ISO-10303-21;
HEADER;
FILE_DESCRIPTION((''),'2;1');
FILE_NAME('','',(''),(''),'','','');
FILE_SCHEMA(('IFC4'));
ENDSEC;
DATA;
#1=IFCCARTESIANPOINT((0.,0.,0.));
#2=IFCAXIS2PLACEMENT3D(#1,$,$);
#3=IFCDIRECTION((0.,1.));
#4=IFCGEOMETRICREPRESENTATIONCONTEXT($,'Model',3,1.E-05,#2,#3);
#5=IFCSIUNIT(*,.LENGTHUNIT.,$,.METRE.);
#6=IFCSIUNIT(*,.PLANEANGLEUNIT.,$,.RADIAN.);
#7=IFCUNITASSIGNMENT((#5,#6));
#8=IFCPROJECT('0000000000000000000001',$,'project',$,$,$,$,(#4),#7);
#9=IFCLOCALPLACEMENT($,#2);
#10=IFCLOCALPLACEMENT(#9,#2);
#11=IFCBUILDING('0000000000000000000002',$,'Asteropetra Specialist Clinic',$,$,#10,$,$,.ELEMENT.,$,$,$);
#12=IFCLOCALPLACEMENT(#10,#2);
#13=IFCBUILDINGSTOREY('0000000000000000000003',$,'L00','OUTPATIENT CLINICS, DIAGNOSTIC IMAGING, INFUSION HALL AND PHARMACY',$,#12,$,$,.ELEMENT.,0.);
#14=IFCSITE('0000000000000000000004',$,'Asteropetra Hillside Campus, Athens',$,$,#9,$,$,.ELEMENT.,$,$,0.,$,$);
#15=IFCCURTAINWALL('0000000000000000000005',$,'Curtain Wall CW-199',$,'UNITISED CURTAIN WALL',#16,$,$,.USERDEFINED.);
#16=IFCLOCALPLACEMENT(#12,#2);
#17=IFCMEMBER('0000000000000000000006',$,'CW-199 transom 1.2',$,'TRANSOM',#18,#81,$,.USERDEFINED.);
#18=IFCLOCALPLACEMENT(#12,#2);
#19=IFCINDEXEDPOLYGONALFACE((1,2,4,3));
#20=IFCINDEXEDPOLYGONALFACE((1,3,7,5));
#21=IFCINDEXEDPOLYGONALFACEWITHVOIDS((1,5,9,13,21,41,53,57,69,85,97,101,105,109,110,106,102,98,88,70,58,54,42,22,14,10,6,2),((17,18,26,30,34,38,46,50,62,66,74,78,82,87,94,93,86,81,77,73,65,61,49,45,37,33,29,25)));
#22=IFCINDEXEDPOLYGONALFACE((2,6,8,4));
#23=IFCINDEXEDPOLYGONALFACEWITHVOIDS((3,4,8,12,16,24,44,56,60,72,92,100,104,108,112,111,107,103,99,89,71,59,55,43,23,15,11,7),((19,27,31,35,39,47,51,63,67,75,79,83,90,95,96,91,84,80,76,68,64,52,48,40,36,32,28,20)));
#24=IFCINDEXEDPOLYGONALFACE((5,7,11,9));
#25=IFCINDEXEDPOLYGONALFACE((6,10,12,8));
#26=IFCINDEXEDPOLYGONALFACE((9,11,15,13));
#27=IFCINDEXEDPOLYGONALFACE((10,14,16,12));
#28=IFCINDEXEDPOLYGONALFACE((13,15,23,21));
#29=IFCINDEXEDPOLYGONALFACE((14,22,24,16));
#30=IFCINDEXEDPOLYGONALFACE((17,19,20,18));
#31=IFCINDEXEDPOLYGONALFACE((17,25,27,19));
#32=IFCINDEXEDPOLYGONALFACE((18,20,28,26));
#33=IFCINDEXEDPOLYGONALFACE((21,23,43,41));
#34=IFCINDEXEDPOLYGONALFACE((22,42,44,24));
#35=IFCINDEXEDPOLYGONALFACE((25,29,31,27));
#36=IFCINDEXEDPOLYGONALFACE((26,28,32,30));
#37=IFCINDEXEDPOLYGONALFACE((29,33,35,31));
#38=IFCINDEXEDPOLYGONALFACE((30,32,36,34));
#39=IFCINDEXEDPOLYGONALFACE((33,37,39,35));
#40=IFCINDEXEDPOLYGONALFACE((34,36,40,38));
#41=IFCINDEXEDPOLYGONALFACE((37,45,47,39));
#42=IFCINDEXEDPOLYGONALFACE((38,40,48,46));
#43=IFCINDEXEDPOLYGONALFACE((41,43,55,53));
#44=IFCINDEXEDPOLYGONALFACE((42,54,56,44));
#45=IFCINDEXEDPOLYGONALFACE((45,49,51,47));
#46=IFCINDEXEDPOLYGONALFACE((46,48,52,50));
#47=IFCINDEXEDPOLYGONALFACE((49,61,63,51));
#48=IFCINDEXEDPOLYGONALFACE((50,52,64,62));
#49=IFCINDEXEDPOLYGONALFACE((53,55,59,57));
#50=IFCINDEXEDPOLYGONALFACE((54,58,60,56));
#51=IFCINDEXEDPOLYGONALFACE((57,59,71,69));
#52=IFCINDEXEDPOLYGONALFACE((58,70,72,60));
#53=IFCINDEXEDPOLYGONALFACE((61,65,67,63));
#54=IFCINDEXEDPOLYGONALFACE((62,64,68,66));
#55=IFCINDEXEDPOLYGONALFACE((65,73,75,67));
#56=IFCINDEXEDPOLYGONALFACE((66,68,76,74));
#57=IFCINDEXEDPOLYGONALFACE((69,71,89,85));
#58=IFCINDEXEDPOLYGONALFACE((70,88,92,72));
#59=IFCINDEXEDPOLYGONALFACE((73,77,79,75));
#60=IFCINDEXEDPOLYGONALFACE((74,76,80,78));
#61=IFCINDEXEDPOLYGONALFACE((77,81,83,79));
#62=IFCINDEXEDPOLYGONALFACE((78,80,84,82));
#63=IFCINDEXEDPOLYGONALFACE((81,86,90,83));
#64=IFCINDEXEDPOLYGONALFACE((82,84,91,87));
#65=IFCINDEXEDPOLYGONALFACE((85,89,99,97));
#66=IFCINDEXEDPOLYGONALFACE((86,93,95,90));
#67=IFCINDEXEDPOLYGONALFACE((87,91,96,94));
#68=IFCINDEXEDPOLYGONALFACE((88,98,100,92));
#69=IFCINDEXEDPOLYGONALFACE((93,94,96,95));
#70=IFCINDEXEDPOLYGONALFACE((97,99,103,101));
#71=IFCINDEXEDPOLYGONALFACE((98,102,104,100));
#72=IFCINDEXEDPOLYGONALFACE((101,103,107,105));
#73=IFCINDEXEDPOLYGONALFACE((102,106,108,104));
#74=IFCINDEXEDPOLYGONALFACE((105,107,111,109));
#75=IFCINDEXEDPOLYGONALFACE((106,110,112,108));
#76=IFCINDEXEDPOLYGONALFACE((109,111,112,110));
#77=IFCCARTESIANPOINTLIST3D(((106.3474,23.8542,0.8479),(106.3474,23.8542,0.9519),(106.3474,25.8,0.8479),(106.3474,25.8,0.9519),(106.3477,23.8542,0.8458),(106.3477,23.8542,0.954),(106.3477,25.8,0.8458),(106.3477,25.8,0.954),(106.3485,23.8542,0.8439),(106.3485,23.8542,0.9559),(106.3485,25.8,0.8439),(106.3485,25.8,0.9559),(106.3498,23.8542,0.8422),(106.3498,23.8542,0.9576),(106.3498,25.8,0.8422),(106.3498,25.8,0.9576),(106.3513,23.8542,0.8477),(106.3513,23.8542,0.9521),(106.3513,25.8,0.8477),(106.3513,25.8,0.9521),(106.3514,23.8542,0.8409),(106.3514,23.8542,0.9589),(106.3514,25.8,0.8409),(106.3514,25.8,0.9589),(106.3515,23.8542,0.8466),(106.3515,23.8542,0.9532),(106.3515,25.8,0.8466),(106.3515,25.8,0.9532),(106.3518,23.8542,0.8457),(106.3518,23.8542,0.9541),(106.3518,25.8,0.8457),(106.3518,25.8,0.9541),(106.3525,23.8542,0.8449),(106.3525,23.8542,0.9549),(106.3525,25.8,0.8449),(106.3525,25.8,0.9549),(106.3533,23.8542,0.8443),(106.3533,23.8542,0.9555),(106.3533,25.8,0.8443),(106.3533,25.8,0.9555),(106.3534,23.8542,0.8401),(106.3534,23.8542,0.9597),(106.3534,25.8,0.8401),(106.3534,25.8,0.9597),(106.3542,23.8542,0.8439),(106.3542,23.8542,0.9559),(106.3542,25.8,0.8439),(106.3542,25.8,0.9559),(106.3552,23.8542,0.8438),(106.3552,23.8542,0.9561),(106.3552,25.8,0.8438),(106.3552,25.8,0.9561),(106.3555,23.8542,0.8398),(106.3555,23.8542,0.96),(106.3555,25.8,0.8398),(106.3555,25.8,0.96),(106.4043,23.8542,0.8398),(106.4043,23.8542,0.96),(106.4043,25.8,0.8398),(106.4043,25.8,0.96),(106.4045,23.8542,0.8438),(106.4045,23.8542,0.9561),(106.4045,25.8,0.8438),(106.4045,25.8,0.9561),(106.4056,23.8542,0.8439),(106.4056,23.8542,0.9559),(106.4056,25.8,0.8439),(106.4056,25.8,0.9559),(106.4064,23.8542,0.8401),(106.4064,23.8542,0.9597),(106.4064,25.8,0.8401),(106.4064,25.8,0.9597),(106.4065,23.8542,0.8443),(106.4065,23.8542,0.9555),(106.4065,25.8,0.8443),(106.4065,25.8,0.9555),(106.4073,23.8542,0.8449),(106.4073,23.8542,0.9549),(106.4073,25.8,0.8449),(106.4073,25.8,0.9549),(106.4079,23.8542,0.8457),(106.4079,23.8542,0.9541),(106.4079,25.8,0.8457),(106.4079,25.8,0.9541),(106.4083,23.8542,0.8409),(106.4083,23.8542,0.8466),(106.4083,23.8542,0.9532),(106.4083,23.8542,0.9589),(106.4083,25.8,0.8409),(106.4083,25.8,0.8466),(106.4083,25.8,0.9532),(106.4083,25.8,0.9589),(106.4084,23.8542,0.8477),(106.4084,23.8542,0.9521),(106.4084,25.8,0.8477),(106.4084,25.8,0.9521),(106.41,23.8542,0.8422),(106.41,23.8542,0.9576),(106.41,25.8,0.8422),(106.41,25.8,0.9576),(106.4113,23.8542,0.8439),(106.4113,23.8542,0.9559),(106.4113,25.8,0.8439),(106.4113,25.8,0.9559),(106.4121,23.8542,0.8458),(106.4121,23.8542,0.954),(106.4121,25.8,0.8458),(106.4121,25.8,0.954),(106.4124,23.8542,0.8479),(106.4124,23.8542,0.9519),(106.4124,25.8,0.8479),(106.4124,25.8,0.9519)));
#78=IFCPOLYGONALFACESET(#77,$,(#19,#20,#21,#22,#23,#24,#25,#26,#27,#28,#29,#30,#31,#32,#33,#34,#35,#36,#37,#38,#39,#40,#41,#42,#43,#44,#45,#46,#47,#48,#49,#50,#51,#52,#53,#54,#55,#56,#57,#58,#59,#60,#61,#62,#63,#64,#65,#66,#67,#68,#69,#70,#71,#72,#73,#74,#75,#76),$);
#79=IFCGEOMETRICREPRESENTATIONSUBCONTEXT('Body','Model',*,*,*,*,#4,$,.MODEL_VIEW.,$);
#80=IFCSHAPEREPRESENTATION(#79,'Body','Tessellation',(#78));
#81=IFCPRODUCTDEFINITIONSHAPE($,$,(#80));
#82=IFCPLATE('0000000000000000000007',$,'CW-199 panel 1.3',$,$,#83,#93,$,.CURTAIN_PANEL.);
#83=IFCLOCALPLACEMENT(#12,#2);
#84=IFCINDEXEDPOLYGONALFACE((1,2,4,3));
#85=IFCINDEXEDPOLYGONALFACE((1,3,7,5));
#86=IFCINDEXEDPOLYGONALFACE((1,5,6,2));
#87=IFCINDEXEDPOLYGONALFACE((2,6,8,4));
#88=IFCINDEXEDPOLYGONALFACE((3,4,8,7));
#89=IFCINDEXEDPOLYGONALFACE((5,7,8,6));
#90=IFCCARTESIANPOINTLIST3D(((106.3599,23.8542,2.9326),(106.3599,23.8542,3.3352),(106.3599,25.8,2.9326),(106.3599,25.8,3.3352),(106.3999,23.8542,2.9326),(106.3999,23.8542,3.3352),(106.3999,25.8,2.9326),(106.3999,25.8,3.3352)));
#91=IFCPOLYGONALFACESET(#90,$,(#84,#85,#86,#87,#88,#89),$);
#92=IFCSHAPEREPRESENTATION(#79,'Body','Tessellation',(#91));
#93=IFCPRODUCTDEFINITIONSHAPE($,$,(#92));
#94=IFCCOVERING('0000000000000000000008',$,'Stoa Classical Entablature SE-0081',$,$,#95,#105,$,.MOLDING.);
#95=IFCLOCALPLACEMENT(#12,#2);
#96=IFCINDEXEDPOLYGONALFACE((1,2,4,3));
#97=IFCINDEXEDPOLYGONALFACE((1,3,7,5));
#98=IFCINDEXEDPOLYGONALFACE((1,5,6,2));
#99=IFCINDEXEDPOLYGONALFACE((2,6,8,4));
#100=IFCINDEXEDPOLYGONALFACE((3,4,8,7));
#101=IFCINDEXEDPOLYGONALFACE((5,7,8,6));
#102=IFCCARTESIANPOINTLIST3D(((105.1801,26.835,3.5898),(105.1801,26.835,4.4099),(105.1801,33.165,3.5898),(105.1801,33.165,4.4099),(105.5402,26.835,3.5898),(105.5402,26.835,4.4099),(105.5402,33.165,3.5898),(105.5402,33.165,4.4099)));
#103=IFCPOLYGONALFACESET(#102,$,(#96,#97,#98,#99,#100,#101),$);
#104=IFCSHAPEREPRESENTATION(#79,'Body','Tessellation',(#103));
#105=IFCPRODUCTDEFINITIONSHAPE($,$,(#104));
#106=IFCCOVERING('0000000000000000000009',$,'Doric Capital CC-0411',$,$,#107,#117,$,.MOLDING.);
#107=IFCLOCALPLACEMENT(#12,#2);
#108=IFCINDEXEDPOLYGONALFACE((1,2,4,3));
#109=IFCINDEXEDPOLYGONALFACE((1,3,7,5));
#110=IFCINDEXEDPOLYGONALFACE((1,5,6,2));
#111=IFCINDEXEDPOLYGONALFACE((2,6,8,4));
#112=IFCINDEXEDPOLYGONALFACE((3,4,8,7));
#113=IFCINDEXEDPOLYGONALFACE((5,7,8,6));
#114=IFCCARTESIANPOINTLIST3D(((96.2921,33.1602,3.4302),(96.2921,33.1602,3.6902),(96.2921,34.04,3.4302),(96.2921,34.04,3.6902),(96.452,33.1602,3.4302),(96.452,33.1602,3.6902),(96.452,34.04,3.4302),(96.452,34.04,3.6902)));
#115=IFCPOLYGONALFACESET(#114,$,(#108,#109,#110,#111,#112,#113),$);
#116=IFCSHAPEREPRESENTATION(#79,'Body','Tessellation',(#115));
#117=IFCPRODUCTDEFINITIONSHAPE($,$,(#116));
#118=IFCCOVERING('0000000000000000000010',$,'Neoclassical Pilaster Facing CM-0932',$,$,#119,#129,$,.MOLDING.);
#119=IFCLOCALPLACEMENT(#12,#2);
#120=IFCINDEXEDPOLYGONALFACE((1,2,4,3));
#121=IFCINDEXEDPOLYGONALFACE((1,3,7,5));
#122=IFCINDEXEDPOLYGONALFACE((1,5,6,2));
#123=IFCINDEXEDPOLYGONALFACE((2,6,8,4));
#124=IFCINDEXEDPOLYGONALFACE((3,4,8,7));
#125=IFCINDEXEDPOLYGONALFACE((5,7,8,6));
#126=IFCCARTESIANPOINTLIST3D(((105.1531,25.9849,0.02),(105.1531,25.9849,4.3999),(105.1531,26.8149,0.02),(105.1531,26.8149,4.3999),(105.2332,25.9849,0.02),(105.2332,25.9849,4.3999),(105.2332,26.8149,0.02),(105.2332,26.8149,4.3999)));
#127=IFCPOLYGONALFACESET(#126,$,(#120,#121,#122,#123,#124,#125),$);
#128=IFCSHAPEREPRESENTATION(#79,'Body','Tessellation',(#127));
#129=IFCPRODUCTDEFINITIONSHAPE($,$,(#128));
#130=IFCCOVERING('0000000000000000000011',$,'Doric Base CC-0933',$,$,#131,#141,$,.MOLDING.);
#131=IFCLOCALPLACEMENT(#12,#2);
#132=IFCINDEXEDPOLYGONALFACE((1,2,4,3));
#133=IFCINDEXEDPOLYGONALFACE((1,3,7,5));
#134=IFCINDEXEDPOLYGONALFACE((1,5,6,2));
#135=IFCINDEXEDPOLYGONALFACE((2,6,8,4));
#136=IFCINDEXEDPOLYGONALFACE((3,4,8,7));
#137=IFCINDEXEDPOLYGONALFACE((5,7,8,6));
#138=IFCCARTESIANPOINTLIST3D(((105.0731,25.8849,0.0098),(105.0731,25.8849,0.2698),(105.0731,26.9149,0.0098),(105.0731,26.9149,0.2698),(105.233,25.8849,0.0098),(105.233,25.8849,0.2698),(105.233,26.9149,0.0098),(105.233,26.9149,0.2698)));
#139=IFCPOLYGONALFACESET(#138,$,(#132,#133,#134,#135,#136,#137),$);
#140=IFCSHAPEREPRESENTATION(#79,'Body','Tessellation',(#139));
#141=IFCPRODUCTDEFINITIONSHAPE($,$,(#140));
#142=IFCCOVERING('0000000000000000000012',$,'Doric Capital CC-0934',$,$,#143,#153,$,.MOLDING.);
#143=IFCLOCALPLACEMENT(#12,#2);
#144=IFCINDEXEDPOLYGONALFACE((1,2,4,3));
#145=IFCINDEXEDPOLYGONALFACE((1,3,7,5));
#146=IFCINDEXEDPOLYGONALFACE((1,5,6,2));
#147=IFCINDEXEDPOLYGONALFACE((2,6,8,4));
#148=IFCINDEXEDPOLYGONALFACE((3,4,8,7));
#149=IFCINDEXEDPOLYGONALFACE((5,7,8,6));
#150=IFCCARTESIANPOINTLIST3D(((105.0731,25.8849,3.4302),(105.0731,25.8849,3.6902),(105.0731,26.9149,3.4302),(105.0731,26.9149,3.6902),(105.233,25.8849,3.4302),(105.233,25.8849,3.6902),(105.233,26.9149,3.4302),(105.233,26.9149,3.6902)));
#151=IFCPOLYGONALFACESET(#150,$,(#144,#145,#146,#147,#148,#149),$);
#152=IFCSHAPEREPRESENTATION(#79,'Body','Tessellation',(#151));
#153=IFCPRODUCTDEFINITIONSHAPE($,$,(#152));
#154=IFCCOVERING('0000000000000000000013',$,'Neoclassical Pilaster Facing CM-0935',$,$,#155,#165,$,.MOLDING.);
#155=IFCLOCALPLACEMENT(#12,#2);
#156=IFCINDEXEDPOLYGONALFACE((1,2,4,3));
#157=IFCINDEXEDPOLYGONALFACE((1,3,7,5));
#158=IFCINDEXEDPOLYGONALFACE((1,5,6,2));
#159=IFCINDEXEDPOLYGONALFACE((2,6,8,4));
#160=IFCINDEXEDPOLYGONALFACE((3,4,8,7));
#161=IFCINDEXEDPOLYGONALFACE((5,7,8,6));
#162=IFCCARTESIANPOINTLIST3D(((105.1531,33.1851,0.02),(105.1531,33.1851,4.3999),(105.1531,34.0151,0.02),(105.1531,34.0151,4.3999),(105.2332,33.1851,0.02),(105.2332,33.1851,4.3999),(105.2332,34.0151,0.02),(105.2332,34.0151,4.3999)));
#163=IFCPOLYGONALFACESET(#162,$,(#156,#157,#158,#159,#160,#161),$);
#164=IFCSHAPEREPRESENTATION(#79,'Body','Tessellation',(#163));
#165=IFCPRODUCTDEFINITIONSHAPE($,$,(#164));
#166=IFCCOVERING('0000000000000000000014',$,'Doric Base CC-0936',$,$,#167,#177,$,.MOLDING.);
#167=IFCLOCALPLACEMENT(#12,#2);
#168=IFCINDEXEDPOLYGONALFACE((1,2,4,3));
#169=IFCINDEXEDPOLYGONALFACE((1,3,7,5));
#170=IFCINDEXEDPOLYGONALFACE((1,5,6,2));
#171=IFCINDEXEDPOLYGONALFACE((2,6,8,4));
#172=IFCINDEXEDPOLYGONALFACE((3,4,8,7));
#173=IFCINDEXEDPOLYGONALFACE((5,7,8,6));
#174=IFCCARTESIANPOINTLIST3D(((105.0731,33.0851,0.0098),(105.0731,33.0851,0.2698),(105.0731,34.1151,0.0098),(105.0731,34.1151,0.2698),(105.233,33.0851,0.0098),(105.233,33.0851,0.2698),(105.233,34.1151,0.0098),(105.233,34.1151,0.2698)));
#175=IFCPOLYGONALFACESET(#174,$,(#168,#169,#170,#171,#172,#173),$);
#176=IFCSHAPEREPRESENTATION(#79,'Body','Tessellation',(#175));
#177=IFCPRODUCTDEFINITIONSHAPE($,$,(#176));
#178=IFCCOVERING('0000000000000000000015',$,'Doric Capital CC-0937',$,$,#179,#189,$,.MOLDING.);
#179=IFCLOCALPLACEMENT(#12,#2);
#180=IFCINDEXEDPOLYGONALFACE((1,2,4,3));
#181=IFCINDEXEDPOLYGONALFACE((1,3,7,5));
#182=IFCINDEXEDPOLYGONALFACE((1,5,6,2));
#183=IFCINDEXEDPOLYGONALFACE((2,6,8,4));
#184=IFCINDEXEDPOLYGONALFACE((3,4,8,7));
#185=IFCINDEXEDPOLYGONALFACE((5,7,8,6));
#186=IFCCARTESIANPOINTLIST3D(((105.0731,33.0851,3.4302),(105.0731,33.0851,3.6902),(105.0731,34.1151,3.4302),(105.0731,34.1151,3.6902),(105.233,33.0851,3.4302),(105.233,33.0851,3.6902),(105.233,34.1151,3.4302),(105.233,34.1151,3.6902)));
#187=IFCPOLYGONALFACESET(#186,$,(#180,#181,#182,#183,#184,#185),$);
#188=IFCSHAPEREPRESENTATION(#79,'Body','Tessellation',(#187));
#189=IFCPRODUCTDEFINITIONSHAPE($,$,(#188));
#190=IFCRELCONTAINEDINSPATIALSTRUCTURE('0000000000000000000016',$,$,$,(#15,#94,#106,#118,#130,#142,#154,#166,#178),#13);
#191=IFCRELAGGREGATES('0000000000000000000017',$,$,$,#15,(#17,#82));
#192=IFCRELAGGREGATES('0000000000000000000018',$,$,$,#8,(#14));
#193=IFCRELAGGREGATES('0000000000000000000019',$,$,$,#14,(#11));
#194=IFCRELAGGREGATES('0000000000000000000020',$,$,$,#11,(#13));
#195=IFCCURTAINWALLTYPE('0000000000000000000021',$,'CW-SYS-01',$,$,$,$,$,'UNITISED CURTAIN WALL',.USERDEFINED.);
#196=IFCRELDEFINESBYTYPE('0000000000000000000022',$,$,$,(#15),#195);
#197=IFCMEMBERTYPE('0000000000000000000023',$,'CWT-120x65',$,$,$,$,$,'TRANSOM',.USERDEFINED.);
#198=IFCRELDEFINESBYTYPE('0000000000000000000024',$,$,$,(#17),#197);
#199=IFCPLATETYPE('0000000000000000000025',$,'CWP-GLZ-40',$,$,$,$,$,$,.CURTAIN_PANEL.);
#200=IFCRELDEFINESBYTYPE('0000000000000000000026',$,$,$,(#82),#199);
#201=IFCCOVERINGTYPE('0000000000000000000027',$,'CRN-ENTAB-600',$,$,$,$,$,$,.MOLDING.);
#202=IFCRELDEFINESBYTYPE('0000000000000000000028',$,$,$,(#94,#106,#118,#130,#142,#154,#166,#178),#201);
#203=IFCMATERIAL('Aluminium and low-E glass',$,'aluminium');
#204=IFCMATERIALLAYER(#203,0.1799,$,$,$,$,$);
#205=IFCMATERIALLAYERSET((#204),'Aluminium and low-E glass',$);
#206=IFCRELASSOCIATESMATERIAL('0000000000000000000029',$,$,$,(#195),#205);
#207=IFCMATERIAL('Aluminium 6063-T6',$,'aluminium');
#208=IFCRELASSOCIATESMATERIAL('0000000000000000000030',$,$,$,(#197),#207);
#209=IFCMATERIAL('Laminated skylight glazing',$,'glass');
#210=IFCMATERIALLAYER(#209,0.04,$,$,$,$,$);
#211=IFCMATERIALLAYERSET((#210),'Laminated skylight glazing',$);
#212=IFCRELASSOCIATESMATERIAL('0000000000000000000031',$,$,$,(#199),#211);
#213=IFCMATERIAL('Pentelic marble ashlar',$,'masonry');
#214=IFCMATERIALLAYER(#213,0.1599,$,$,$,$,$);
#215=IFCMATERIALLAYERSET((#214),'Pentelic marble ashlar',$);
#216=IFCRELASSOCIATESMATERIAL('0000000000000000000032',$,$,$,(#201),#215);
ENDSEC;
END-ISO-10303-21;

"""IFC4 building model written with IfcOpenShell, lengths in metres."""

from ifc_helpers import new_model, si_unit, direction, frame, origin, origin_2d, place, context, subcontext, project, spatial, rectangle, hollow_rectangle, extrude, material, layer, layer_set, material_profile, profile_set, type_object, element, aggregate, save


model = new_model("IFC4")

# Units and contexts
model_context = context("Model", 3, precision=1e-05, world=origin(), true_north=direction((0.0, 1.0)))
body_context = subcontext(model_context, "Body", "Model", "MODEL_VIEW")
ifc_project = project(units=[si_unit("LENGTHUNIT", "METRE"), si_unit("PLANEANGLEUNIT", "RADIAN")], contexts=[model_context])

# Site, building, storey
site_placement = place(None, origin())
site = spatial("IfcSite", under=ifc_project, at=site_placement, Name="Asteropetra Hillside Campus, Athens", CompositionType="ELEMENT", RefElevation=0.0)
building_placement = place(site_placement, origin())
building = spatial("IfcBuilding", under=site, at=building_placement, Name="Asteropetra Specialist Clinic", CompositionType="ELEMENT")
storey_placement = place(building_placement, origin())
storey = spatial("IfcBuildingStorey", under=building, at=storey_placement, Name="L00", Description="OUTPATIENT CLINICS, DIAGNOSTIC IMAGING, INFUSION HALL AND PHARMACY", CompositionType="ELEMENT", Elevation=0.0)

# Curtain wall, member, plate
ifc_material_1 = material(Name="Aluminium and low-E glass", Category="aluminium")
ifc_layer_1 = layer(ifc_material_1, 0.1799)
ifc_layer_set_1 = layer_set([ifc_layer_1], Name="Aluminium and low-E glass")
curtain_wall_type = type_object("IfcCurtainWallType", Name="CW-SYS-01", ElementType="UNITISED CURTAIN WALL", PredefinedType="USERDEFINED", material=ifc_layer_set_1)
curtain_wall_placement = place(storey_placement, origin())
curtain_wall = element("IfcCurtainWall", 1, at=curtain_wall_placement, inside=storey, type_object=curtain_wall_type, Name="Curtain Wall CW-199", ObjectType="UNITISED CURTAIN WALL", PredefinedType="USERDEFINED")
ifc_material_2 = material(Name="Aluminium 6063-T6", Category="aluminium")
ifc_material_profile_1 = material_profile(ifc_material_2, hollow_rectangle(XDim=0.0649, YDim=0.1201, WallThickness=0.0039, InnerFilletRadius=0.0039, OuterFilletRadius=0.0081, at=origin_2d()), Name="TRN 120x65x4.0")
ifc_profile_set_1 = profile_set([ifc_material_profile_1], Name="Aluminium 6063-T6")
member_type = type_object("IfcMemberType", Name="CWT-120x65", ElementType="TRANSOM", PredefinedType="USERDEFINED", material=ifc_profile_set_1)
member_1_placement = place(storey_placement, frame((106.3799, 25.8, 0.8999), z_axis=(0.0, -1.0, 0.0), x_axis=(1.0, 0.0, 0.0)))
member_1 = element("IfcMember", 2, at=member_1_placement, type_object=member_type, Name="CW-199 transom 1.2", ObjectType="TRANSOM", PredefinedType="USERDEFINED", context=body_context, shape_type="SweptSolid", body=[
    extrude(hollow_rectangle(XDim=0.0649, YDim=0.1201, WallThickness=0.0039, InnerFilletRadius=0.0039, OuterFilletRadius=0.0081, at=origin_2d()), origin(), (0.0, 0.0, 1.0), 1.9458),
])
ifc_material_3 = material(Name="Laminated skylight glazing", Category="glass")
ifc_layer_2 = layer(ifc_material_3, 0.04)
ifc_layer_set_2 = layer_set([ifc_layer_2], Name="Laminated skylight glazing")
plate_type = type_object("IfcPlateType", Name="CWP-GLZ-40", PredefinedType="CURTAIN_PANEL", material=ifc_layer_set_2)
plate_placement = place(storey_placement, frame((106.3799, 24.8271, 2.9326), z_axis=(0.0, 0.0, 1.0), x_axis=(0.0, -1.0, 0.0)))
plate = element("IfcPlate", 3, at=plate_placement, type_object=plate_type, Name="CW-199 panel 1.3", PredefinedType="CURTAIN_PANEL", context=body_context, shape_type="SweptSolid", body=[
    extrude(rectangle(XDim=1.9458, YDim=0.04, at=origin_2d()), origin(), (0.0, 0.0, 1.0), 0.4026),
])
aggregate(curtain_wall, [member_1, plate])

# Coverings
ifc_material_4 = material(Name="Pentelic marble ashlar", Category="masonry")
ifc_layer_3 = layer(ifc_material_4, 0.1599)
ifc_layer_set_3 = layer_set([ifc_layer_3], Name="Pentelic marble ashlar")
covering_type = type_object("IfcCoveringType", Name="CRN-ENTAB-600", PredefinedType="MOLDING", material=ifc_layer_set_3)
covering_1_placement = place(storey_placement, frame((105.3601, 30.0, 3.5898), z_axis=(0.0, 0.0, 1.0), x_axis=(1.0, 0.0, 0.0)))
element("IfcCovering", 4, at=covering_1_placement, inside=storey, type_object=covering_type, Name="Stoa Classical Entablature SE-0081", PredefinedType="MOLDING", context=body_context, shape_type="SweptSolid", body=[
    extrude(rectangle(XDim=0.3601, YDim=6.3301, at=origin_2d()), origin(), (0.0, 0.0, 1.0), 0.8201),
])
covering_2_placement = place(storey_placement, frame((96.3721, 33.6001, 3.4302), z_axis=(0.0, 0.0, 1.0), x_axis=(1.0, 0.0, 0.0)))
element("IfcCovering", 5, at=covering_2_placement, inside=storey, type_object=covering_type, Name="Doric Capital CC-0411", PredefinedType="MOLDING", context=body_context, shape_type="SweptSolid", body=[
    extrude(rectangle(XDim=0.1599, YDim=0.8799, at=origin_2d()), origin(), (0.0, 0.0, 1.0), 0.26),
])
covering_3_placement = place(storey_placement, frame((105.1931, 26.3999, 0.02), z_axis=(0.0, 0.0, 1.0), x_axis=(1.0, 0.0, 0.0)))
element("IfcCovering", 6, at=covering_3_placement, inside=storey, type_object=covering_type, Name="Neoclassical Pilaster Facing CM-0932", PredefinedType="MOLDING", context=body_context, shape_type="SweptSolid", body=[
    extrude(rectangle(XDim=0.0801, YDim=0.8301, at=origin_2d()), origin(), (0.0, 0.0, 1.0), 4.3799),
])
for number, where, z_axis, x_axis, name in (
    (7, (105.1531, 26.3999, 0.0098), (0.0, 0.0, 1.0), (1.0, 0.0, 0.0), "Doric Base CC-0933"),
    (8, (105.1531, 26.3999, 3.4302), (0.0, 0.0, 1.0), (1.0, 0.0, 0.0), "Doric Capital CC-0934"),
):
    element("IfcCovering", number, at=place(storey_placement, frame(where, z_axis=z_axis, x_axis=x_axis)), inside=storey, type_object=covering_type, Name=name, PredefinedType="MOLDING", context=body_context, shape_type="SweptSolid", body=[
        extrude(rectangle(XDim=0.1599, YDim=1.03, at=origin_2d()), origin(), (0.0, 0.0, 1.0), 0.26),
    ])
covering_4_placement = place(storey_placement, frame((105.1931, 33.6001, 0.02), z_axis=(0.0, 0.0, 1.0), x_axis=(1.0, 0.0, 0.0)))
element("IfcCovering", 9, at=covering_4_placement, inside=storey, type_object=covering_type, Name="Neoclassical Pilaster Facing CM-0935", PredefinedType="MOLDING", context=body_context, shape_type="SweptSolid", body=[
    extrude(rectangle(XDim=0.0801, YDim=0.8301, at=origin_2d()), origin(), (0.0, 0.0, 1.0), 4.3799),
])
for number, where, z_axis, x_axis, name in (
    (10, (105.1531, 33.6001, 0.0098), (0.0, 0.0, 1.0), (1.0, 0.0, 0.0), "Doric Base CC-0936"),
    (11, (105.1531, 33.6001, 3.4302), (0.0, 0.0, 1.0), (1.0, 0.0, 0.0), "Doric Capital CC-0937"),
):
    element("IfcCovering", number, at=place(storey_placement, frame(where, z_axis=z_axis, x_axis=x_axis)), inside=storey, type_object=covering_type, Name=name, PredefinedType="MOLDING", context=body_context, shape_type="SweptSolid", body=[
        extrude(rectangle(XDim=0.1599, YDim=1.03, at=origin_2d()), origin(), (0.0, 0.0, 1.0), 0.26),
    ])

save(model, "model.ifc")
